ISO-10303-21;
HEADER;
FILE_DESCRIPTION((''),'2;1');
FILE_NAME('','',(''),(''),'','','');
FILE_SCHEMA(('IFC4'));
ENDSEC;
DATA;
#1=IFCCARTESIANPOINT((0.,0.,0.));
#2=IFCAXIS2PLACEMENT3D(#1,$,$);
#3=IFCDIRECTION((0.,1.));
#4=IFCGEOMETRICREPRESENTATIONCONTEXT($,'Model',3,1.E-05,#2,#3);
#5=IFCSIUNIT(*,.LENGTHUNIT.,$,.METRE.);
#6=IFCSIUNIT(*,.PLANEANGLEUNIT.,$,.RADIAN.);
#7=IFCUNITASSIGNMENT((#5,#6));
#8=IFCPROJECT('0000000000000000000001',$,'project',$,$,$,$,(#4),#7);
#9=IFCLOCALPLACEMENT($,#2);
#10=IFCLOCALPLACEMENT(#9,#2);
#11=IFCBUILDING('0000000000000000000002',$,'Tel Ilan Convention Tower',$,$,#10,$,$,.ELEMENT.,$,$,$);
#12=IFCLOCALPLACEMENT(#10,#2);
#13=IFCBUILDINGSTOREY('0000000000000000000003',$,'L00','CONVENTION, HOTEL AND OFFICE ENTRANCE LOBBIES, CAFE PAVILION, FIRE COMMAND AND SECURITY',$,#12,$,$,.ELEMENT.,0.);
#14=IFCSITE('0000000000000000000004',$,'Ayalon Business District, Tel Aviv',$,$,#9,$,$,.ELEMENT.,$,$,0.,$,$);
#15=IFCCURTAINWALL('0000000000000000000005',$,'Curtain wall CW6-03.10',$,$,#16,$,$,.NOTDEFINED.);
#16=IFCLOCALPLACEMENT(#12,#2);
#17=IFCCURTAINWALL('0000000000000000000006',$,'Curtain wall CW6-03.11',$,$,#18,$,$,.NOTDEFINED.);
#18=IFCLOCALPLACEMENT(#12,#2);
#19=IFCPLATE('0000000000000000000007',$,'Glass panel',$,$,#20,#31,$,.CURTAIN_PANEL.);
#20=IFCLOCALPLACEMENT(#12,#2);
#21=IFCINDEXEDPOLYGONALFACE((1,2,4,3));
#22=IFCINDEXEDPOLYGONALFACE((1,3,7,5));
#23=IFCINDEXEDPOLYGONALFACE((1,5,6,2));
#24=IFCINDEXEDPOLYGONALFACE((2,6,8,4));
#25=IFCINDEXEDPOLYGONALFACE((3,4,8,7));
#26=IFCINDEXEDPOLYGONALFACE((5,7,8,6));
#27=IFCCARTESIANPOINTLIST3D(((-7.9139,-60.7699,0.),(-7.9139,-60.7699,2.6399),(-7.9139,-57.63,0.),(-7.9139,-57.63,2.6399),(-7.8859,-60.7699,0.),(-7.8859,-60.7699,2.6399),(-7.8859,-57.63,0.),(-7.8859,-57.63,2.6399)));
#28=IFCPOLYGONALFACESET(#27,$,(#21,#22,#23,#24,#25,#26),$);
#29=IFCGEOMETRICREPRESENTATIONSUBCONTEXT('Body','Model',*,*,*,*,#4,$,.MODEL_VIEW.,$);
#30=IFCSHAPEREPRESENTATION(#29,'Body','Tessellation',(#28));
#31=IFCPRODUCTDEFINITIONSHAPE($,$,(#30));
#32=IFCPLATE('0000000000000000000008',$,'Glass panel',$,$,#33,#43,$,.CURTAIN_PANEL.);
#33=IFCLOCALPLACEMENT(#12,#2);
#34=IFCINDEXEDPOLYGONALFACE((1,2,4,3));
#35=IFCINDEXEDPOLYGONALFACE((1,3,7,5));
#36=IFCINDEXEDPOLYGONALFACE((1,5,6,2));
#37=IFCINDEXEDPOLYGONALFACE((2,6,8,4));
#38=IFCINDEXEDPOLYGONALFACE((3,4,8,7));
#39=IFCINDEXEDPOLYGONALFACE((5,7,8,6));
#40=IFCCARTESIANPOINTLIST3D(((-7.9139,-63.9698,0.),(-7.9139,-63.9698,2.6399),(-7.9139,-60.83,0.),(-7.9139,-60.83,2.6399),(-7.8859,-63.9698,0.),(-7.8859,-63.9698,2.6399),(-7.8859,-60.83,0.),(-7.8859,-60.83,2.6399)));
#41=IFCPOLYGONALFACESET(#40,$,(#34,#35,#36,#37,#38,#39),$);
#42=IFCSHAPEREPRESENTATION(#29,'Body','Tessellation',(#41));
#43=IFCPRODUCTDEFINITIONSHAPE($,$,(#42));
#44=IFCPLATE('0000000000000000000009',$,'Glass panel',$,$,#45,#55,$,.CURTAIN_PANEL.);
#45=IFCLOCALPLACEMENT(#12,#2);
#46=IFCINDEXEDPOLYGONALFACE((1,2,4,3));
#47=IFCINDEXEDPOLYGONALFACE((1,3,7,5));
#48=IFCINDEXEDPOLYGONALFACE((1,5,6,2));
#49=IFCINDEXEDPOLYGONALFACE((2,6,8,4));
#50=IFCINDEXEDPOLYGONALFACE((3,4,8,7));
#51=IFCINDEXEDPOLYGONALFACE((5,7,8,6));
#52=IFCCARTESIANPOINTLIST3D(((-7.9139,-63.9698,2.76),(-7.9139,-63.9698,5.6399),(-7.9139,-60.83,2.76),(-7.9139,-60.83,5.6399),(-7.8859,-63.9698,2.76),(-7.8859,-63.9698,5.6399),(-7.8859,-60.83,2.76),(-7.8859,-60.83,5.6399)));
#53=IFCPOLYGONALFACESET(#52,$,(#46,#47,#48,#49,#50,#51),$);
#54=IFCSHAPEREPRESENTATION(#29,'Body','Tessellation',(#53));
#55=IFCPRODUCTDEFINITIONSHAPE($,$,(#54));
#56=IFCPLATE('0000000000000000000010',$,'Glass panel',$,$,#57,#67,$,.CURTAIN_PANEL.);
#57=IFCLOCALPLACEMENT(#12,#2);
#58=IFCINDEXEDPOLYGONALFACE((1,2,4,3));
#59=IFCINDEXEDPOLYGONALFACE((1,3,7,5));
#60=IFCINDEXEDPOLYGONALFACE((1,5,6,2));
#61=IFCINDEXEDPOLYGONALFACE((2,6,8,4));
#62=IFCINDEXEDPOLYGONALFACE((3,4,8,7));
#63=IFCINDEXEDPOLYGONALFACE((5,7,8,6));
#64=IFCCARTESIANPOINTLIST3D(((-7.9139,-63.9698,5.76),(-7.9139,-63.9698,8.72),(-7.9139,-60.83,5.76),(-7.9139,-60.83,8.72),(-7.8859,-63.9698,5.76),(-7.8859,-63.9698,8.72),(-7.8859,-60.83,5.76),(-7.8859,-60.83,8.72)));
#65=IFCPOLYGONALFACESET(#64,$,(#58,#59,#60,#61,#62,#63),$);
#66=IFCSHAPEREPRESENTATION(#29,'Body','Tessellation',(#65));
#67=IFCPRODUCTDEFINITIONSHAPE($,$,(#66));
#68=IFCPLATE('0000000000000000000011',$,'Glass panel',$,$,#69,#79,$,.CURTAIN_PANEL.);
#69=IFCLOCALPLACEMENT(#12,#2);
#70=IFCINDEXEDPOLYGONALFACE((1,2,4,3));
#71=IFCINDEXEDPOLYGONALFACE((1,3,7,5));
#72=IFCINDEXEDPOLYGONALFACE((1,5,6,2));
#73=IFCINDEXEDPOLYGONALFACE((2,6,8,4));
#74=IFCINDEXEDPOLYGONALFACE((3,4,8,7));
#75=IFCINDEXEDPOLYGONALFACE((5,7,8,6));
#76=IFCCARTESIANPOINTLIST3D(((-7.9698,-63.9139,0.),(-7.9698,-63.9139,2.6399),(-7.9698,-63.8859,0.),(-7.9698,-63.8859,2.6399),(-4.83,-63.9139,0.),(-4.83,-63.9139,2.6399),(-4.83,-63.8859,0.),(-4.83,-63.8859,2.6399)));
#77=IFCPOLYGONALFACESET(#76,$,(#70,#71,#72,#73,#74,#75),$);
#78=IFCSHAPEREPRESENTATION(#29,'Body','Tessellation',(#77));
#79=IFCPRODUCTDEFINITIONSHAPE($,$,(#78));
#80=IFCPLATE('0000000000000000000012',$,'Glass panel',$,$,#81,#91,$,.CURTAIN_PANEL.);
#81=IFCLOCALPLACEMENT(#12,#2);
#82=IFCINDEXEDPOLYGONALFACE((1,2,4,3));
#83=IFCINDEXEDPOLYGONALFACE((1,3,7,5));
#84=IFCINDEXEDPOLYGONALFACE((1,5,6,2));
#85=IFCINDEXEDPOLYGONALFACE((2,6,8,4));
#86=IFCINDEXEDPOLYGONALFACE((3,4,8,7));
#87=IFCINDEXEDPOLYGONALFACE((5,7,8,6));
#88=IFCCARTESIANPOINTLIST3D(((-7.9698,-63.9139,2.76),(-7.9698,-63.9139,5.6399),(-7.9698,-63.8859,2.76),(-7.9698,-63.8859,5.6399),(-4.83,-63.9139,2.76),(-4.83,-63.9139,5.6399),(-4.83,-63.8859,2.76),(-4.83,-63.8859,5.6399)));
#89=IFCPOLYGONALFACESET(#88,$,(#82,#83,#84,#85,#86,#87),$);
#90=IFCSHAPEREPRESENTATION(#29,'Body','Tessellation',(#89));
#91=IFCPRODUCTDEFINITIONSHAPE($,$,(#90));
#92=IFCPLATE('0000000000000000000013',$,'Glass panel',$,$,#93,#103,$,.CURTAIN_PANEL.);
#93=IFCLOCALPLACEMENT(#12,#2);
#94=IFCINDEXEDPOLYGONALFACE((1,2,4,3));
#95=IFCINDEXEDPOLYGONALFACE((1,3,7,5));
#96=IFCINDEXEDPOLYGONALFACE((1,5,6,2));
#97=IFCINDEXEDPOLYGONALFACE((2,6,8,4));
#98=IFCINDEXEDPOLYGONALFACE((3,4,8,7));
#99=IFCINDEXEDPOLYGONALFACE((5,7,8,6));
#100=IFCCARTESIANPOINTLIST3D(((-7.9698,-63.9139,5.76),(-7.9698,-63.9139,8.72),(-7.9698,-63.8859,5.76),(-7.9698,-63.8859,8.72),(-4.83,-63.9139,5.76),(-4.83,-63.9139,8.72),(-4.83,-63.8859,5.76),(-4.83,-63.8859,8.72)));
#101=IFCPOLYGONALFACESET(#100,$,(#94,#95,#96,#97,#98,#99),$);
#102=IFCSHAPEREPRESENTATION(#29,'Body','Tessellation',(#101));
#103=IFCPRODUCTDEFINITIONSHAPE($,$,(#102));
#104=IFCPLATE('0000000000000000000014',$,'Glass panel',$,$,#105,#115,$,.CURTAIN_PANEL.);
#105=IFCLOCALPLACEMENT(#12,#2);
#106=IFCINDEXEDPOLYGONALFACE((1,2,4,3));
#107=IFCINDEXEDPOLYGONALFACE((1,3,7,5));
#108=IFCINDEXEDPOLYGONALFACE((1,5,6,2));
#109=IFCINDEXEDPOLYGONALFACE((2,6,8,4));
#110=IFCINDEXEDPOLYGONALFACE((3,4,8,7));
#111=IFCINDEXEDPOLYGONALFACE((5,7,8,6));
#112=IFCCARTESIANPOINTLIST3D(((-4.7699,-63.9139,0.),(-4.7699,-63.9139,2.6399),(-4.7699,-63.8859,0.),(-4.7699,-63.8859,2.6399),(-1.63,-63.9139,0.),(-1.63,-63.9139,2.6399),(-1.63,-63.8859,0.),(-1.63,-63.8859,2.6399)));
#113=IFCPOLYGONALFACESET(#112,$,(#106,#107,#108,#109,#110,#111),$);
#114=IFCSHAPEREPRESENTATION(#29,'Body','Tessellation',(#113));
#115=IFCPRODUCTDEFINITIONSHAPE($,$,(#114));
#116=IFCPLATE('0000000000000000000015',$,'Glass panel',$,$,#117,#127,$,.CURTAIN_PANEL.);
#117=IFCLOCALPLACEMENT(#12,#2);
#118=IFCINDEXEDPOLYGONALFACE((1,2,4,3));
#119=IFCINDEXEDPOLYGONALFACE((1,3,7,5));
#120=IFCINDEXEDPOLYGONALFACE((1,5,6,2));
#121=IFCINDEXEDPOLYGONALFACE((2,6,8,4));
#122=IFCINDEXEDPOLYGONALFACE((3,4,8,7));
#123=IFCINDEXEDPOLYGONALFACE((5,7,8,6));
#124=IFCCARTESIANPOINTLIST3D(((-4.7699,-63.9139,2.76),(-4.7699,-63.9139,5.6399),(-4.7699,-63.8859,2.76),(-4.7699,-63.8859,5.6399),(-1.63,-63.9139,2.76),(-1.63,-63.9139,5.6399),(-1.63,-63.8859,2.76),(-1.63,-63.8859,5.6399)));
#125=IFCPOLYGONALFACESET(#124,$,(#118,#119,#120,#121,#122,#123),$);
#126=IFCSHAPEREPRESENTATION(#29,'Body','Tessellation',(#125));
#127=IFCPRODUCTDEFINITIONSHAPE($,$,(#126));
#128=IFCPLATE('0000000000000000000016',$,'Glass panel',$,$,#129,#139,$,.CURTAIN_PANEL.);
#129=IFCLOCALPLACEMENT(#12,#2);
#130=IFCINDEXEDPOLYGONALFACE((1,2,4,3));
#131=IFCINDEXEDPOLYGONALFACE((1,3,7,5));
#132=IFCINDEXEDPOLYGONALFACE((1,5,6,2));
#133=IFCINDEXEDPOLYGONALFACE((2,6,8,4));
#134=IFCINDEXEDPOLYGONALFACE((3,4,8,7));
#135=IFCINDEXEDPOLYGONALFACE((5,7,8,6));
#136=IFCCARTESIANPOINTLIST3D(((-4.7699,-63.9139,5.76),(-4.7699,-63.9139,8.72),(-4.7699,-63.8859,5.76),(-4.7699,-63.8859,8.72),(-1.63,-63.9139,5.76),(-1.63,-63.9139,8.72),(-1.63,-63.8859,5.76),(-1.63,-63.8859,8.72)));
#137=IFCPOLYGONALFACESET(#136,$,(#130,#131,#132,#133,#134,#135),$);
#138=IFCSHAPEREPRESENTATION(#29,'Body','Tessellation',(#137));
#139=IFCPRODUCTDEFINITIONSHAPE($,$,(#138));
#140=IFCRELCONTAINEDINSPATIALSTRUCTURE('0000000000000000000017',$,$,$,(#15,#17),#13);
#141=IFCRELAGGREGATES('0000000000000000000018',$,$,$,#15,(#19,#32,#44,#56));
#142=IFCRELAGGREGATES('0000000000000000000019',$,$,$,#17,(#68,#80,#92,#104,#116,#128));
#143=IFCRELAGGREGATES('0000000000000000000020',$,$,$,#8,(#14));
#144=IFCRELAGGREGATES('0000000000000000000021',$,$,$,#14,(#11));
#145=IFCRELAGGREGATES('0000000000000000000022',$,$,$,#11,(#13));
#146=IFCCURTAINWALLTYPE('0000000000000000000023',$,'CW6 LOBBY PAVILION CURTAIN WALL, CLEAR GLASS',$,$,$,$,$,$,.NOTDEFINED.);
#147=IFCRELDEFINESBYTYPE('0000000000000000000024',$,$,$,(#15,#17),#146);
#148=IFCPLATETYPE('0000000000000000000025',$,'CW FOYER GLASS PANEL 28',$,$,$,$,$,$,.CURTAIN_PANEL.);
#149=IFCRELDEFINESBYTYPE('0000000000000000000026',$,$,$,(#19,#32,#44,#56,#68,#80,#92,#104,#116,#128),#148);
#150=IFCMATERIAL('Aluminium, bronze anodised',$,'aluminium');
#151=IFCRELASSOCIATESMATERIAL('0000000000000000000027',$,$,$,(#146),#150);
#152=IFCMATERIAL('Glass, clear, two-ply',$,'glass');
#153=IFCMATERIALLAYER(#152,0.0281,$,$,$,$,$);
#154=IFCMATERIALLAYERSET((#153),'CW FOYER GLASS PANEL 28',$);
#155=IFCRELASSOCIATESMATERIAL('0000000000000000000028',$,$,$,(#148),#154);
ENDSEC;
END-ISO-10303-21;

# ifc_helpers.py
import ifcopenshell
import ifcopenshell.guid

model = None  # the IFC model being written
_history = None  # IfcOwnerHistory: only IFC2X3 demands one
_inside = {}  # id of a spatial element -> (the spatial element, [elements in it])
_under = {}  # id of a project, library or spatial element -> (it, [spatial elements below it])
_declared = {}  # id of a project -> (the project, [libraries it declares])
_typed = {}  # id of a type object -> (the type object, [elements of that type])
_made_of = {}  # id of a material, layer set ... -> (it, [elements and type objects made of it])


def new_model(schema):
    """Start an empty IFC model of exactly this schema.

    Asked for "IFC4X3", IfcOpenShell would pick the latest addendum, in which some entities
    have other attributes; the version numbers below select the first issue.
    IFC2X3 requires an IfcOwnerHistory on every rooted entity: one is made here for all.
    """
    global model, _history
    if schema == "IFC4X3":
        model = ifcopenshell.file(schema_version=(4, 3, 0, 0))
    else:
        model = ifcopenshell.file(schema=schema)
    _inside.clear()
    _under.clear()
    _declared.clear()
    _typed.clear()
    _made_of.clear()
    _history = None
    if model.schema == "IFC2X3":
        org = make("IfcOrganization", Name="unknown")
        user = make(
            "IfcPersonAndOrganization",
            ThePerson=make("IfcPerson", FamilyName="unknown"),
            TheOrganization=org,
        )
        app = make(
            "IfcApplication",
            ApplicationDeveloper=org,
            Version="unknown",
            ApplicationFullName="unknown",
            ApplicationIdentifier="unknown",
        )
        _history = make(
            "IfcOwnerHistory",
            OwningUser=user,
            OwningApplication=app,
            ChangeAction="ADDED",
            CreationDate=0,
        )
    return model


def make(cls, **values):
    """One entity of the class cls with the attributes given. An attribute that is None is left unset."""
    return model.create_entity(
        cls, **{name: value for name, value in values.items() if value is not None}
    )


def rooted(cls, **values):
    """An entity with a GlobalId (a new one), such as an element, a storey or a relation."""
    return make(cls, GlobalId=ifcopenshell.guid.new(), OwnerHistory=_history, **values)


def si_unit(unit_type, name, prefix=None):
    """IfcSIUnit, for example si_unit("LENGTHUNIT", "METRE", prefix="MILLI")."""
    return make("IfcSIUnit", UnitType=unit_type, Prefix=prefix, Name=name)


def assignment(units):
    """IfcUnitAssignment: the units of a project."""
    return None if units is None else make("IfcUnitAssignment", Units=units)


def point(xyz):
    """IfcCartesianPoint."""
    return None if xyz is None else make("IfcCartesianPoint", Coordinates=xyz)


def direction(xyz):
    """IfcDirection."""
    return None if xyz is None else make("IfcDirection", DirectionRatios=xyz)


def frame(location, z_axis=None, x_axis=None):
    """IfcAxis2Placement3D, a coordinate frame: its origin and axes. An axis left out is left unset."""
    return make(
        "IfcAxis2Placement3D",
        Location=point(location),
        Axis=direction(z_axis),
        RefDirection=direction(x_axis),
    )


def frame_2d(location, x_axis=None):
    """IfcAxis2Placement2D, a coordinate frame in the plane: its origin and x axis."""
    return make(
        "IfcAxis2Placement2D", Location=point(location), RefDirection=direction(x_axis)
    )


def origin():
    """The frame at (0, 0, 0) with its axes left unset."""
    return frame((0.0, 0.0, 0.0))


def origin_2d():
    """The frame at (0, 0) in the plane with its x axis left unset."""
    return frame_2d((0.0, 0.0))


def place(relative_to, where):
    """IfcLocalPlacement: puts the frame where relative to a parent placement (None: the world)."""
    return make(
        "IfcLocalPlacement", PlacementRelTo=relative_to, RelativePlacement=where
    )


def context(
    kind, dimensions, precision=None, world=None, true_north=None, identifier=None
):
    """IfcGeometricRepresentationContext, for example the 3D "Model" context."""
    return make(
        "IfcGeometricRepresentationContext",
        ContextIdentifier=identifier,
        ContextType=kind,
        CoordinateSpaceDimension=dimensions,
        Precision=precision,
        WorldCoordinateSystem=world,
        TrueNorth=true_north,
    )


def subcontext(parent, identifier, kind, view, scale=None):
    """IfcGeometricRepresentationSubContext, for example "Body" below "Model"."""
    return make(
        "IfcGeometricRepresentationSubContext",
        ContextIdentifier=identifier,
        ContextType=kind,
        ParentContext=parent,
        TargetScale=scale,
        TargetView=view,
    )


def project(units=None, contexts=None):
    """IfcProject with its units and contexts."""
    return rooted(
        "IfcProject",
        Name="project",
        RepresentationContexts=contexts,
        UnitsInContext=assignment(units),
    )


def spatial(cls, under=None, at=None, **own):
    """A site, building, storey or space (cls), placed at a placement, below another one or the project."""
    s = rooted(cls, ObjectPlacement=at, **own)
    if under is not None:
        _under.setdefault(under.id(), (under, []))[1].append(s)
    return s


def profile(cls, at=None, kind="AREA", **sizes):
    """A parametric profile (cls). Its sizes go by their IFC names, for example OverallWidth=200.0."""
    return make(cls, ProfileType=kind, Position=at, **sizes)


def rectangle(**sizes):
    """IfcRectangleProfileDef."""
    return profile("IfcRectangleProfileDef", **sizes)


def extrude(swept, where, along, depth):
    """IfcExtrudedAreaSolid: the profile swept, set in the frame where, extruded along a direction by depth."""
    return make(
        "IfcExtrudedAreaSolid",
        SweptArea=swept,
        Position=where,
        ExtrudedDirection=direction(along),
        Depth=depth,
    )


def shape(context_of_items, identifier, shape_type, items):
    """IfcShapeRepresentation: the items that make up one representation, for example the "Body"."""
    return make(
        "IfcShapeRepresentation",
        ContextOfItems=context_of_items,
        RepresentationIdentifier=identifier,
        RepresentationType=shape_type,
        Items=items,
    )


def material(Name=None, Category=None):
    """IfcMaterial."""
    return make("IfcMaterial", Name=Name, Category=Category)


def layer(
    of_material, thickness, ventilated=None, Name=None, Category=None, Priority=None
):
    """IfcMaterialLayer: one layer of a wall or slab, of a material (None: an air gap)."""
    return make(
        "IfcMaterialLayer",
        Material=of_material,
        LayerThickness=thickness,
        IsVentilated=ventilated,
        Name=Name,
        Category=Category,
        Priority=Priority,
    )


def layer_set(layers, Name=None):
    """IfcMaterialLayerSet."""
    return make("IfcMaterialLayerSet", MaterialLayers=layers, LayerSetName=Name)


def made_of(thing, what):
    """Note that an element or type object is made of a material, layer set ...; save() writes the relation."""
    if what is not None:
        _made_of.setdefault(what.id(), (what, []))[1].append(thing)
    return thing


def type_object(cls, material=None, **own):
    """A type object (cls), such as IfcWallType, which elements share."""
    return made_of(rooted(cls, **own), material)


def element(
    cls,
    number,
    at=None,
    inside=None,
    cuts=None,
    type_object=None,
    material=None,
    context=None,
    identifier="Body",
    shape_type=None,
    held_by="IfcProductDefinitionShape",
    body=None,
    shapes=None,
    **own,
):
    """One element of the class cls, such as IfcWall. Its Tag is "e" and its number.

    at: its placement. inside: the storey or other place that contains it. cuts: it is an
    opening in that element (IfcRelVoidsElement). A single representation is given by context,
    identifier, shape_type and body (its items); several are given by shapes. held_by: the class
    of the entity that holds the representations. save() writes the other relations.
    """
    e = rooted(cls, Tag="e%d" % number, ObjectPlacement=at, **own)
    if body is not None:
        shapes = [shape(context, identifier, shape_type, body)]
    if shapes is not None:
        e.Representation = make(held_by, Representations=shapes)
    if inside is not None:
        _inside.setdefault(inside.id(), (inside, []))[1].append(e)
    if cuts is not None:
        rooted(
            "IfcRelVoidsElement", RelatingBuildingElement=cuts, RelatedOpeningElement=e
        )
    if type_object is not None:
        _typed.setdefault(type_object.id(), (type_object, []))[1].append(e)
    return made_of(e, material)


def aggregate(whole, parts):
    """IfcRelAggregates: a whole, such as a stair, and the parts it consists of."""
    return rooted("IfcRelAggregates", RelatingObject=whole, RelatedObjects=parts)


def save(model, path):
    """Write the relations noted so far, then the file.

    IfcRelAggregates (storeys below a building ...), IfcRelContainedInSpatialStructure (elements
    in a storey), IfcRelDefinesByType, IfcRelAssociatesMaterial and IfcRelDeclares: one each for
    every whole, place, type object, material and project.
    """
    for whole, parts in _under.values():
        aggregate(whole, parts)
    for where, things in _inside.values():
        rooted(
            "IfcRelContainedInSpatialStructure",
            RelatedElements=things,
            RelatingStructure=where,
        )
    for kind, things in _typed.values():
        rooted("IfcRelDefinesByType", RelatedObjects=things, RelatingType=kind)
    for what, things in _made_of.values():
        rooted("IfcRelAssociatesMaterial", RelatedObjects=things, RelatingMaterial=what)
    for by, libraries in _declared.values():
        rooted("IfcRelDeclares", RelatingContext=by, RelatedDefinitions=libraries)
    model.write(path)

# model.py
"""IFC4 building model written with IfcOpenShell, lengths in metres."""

from ifc_helpers import new_model, si_unit, direction, frame, origin, origin_2d, place, context, subcontext, project, spatial, rectangle, extrude, material, layer, layer_set, type_object, element, aggregate, save


model = new_model("IFC4")

# Units and contexts
model_context = context("Model", 3, precision=1e-05, world=origin(), true_north=direction((0.0, 1.0)))
body_context = subcontext(model_context, "Body", "Model", "MODEL_VIEW")
ifc_project = project(units=[si_unit("LENGTHUNIT", "METRE"), si_unit("PLANEANGLEUNIT", "RADIAN")], contexts=[model_context])

# Site, building, storey
site_placement = place(None, origin())
site = spatial("IfcSite", under=ifc_project, at=site_placement, Name="Ayalon Business District, Tel Aviv", CompositionType="ELEMENT", RefElevation=0.0)
building_placement = place(site_placement, origin())
building = spatial("IfcBuilding", under=site, at=building_placement, Name="Tel Ilan Convention Tower", CompositionType="ELEMENT")
storey_placement = place(building_placement, origin())
storey = spatial("IfcBuildingStorey", under=building, at=storey_placement, Name="L00", Description="CONVENTION, HOTEL AND OFFICE ENTRANCE LOBBIES, CAFE PAVILION, FIRE COMMAND AND SECURITY", CompositionType="ELEMENT", Elevation=0.0)

# Curtain walls
ifc_material_1 = material(Name="Aluminium, bronze anodised", Category="aluminium")
curtain_wall_type = type_object("IfcCurtainWallType", Name="CW6 LOBBY PAVILION CURTAIN WALL, CLEAR GLASS", PredefinedType="NOTDEFINED", material=ifc_material_1)
curtain_wall_1_placement = place(storey_placement, origin())
curtain_wall_1 = element("IfcCurtainWall", 1, at=curtain_wall_1_placement, inside=storey, type_object=curtain_wall_type, Name="Curtain wall CW6-03.10", PredefinedType="NOTDEFINED")
curtain_wall_2_placement = place(storey_placement, origin())
curtain_wall_2 = element("IfcCurtainWall", 2, at=curtain_wall_2_placement, inside=storey, type_object=curtain_wall_type, Name="Curtain wall CW6-03.11", PredefinedType="NOTDEFINED")

# Plates
ifc_material_2 = material(Name="Glass, clear, two-ply", Category="glass")
ifc_layer_1 = layer(ifc_material_2, 0.0281)
ifc_layer_set_1 = layer_set([ifc_layer_1], Name="CW FOYER GLASS PANEL 28")
plate_type = type_object("IfcPlateType", Name="CW FOYER GLASS PANEL 28", PredefinedType="CURTAIN_PANEL", material=ifc_layer_set_1)
plate_1_placement = place(storey_placement, frame((-7.8999, -59.2, 0.0), z_axis=(0.0, 0.0, 1.0), x_axis=(0.0, -1.0, 0.0)))
plate_1 = element("IfcPlate", 3, at=plate_1_placement, type_object=plate_type, Name="Glass panel", PredefinedType="CURTAIN_PANEL", context=body_context, shape_type="SweptSolid", body=[
    extrude(rectangle(XDim=3.1399, YDim=0.0281, at=origin_2d()), origin(), (0.0, 0.0, 1.0), 2.6399),
])
plate_2_placement = place(storey_placement, frame((-7.8999, -62.3999, 0.0), z_axis=(0.0, 0.0, 1.0), x_axis=(0.0, -1.0, 0.0)))
plate_2 = element("IfcPlate", 4, at=plate_2_placement, type_object=plate_type, Name="Glass panel", PredefinedType="CURTAIN_PANEL", context=body_context, shape_type="SweptSolid", body=[
    extrude(rectangle(XDim=3.1399, YDim=0.0281, at=origin_2d()), origin(), (0.0, 0.0, 1.0), 2.6399),
])
plate_3_placement = place(storey_placement, frame((-7.8999, -62.3999, 2.76), z_axis=(0.0, 0.0, 1.0), x_axis=(0.0, -1.0, 0.0)))
plate_3 = element("IfcPlate", 5, at=plate_3_placement, type_object=plate_type, Name="Glass panel", PredefinedType="CURTAIN_PANEL", context=body_context, shape_type="SweptSolid", body=[
    extrude(rectangle(XDim=3.1399, YDim=0.0281, at=origin_2d()), origin(), (0.0, 0.0, 1.0), 2.8799),
])
plate_4_placement = place(storey_placement, frame((-7.8999, -62.3999, 5.76), z_axis=(0.0, 0.0, 1.0), x_axis=(0.0, -1.0, 0.0)))
plate_4 = element("IfcPlate", 6, at=plate_4_placement, type_object=plate_type, Name="Glass panel", PredefinedType="CURTAIN_PANEL", context=body_context, shape_type="SweptSolid", body=[
    extrude(rectangle(XDim=3.1399, YDim=0.0281, at=origin_2d()), origin(), (0.0, 0.0, 1.0), 2.96),
])
aggregate(curtain_wall_1, [plate_1, plate_2, plate_3, plate_4])
plate_5_placement = place(storey_placement, frame((-6.3999, -63.8999, 0.0), z_axis=(0.0, 0.0, 1.0), x_axis=(1.0, 0.0, 0.0)))
plate_5 = element("IfcPlate", 7, at=plate_5_placement, type_object=plate_type, Name="Glass panel", PredefinedType="CURTAIN_PANEL", context=body_context, shape_type="SweptSolid", body=[
    extrude(rectangle(XDim=3.1399, YDim=0.0281, at=origin_2d()), origin(), (0.0, 0.0, 1.0), 2.6399),
])
plate_6_placement = place(storey_placement, frame((-6.3999, -63.8999, 2.76), z_axis=(0.0, 0.0, 1.0), x_axis=(1.0, 0.0, 0.0)))
plate_6 = element("IfcPlate", 8, at=plate_6_placement, type_object=plate_type, Name="Glass panel", PredefinedType="CURTAIN_PANEL", context=body_context, shape_type="SweptSolid", body=[
    extrude(rectangle(XDim=3.1399, YDim=0.0281, at=origin_2d()), origin(), (0.0, 0.0, 1.0), 2.8799),
])
plate_7_placement = place(storey_placement, frame((-6.3999, -63.8999, 5.76), z_axis=(0.0, 0.0, 1.0), x_axis=(1.0, 0.0, 0.0)))
plate_7 = element("IfcPlate", 9, at=plate_7_placement, type_object=plate_type, Name="Glass panel", PredefinedType="CURTAIN_PANEL", context=body_context, shape_type="SweptSolid", body=[
    extrude(rectangle(XDim=3.1399, YDim=0.0281, at=origin_2d()), origin(), (0.0, 0.0, 1.0), 2.96),
])
plate_8_placement = place(storey_placement, frame((-3.2, -63.8999, 0.0), z_axis=(0.0, 0.0, 1.0), x_axis=(1.0, 0.0, 0.0)))
plate_8 = element("IfcPlate", 10, at=plate_8_placement, type_object=plate_type, Name="Glass panel", PredefinedType="CURTAIN_PANEL", context=body_context, shape_type="SweptSolid", body=[
    extrude(rectangle(XDim=3.1399, YDim=0.0281, at=origin_2d()), origin(), (0.0, 0.0, 1.0), 2.6399),
])
plate_9_placement = place(storey_placement, frame((-3.2, -63.8999, 2.76), z_axis=(0.0, 0.0, 1.0), x_axis=(1.0, 0.0, 0.0)))
plate_9 = element("IfcPlate", 11, at=plate_9_placement, type_object=plate_type, Name="Glass panel", PredefinedType="CURTAIN_PANEL", context=body_context, shape_type="SweptSolid", body=[
    extrude(rectangle(XDim=3.1399, YDim=0.0281, at=origin_2d()), origin(), (0.0, 0.0, 1.0), 2.8799),
])
plate_10_placement = place(storey_placement, frame((-3.2, -63.8999, 5.76), z_axis=(0.0, 0.0, 1.0), x_axis=(1.0, 0.0, 0.0)))
plate_10 = element("IfcPlate", 12, at=plate_10_placement, type_object=plate_type, Name="Glass panel", PredefinedType="CURTAIN_PANEL", context=body_context, shape_type="SweptSolid", body=[
    extrude(rectangle(XDim=3.1399, YDim=0.0281, at=origin_2d()), origin(), (0.0, 0.0, 1.0), 2.96),
])
aggregate(curtain_wall_2, [plate_5, plate_6, plate_7, plate_8, plate_9, plate_10])

save(model, "model.ifc")
